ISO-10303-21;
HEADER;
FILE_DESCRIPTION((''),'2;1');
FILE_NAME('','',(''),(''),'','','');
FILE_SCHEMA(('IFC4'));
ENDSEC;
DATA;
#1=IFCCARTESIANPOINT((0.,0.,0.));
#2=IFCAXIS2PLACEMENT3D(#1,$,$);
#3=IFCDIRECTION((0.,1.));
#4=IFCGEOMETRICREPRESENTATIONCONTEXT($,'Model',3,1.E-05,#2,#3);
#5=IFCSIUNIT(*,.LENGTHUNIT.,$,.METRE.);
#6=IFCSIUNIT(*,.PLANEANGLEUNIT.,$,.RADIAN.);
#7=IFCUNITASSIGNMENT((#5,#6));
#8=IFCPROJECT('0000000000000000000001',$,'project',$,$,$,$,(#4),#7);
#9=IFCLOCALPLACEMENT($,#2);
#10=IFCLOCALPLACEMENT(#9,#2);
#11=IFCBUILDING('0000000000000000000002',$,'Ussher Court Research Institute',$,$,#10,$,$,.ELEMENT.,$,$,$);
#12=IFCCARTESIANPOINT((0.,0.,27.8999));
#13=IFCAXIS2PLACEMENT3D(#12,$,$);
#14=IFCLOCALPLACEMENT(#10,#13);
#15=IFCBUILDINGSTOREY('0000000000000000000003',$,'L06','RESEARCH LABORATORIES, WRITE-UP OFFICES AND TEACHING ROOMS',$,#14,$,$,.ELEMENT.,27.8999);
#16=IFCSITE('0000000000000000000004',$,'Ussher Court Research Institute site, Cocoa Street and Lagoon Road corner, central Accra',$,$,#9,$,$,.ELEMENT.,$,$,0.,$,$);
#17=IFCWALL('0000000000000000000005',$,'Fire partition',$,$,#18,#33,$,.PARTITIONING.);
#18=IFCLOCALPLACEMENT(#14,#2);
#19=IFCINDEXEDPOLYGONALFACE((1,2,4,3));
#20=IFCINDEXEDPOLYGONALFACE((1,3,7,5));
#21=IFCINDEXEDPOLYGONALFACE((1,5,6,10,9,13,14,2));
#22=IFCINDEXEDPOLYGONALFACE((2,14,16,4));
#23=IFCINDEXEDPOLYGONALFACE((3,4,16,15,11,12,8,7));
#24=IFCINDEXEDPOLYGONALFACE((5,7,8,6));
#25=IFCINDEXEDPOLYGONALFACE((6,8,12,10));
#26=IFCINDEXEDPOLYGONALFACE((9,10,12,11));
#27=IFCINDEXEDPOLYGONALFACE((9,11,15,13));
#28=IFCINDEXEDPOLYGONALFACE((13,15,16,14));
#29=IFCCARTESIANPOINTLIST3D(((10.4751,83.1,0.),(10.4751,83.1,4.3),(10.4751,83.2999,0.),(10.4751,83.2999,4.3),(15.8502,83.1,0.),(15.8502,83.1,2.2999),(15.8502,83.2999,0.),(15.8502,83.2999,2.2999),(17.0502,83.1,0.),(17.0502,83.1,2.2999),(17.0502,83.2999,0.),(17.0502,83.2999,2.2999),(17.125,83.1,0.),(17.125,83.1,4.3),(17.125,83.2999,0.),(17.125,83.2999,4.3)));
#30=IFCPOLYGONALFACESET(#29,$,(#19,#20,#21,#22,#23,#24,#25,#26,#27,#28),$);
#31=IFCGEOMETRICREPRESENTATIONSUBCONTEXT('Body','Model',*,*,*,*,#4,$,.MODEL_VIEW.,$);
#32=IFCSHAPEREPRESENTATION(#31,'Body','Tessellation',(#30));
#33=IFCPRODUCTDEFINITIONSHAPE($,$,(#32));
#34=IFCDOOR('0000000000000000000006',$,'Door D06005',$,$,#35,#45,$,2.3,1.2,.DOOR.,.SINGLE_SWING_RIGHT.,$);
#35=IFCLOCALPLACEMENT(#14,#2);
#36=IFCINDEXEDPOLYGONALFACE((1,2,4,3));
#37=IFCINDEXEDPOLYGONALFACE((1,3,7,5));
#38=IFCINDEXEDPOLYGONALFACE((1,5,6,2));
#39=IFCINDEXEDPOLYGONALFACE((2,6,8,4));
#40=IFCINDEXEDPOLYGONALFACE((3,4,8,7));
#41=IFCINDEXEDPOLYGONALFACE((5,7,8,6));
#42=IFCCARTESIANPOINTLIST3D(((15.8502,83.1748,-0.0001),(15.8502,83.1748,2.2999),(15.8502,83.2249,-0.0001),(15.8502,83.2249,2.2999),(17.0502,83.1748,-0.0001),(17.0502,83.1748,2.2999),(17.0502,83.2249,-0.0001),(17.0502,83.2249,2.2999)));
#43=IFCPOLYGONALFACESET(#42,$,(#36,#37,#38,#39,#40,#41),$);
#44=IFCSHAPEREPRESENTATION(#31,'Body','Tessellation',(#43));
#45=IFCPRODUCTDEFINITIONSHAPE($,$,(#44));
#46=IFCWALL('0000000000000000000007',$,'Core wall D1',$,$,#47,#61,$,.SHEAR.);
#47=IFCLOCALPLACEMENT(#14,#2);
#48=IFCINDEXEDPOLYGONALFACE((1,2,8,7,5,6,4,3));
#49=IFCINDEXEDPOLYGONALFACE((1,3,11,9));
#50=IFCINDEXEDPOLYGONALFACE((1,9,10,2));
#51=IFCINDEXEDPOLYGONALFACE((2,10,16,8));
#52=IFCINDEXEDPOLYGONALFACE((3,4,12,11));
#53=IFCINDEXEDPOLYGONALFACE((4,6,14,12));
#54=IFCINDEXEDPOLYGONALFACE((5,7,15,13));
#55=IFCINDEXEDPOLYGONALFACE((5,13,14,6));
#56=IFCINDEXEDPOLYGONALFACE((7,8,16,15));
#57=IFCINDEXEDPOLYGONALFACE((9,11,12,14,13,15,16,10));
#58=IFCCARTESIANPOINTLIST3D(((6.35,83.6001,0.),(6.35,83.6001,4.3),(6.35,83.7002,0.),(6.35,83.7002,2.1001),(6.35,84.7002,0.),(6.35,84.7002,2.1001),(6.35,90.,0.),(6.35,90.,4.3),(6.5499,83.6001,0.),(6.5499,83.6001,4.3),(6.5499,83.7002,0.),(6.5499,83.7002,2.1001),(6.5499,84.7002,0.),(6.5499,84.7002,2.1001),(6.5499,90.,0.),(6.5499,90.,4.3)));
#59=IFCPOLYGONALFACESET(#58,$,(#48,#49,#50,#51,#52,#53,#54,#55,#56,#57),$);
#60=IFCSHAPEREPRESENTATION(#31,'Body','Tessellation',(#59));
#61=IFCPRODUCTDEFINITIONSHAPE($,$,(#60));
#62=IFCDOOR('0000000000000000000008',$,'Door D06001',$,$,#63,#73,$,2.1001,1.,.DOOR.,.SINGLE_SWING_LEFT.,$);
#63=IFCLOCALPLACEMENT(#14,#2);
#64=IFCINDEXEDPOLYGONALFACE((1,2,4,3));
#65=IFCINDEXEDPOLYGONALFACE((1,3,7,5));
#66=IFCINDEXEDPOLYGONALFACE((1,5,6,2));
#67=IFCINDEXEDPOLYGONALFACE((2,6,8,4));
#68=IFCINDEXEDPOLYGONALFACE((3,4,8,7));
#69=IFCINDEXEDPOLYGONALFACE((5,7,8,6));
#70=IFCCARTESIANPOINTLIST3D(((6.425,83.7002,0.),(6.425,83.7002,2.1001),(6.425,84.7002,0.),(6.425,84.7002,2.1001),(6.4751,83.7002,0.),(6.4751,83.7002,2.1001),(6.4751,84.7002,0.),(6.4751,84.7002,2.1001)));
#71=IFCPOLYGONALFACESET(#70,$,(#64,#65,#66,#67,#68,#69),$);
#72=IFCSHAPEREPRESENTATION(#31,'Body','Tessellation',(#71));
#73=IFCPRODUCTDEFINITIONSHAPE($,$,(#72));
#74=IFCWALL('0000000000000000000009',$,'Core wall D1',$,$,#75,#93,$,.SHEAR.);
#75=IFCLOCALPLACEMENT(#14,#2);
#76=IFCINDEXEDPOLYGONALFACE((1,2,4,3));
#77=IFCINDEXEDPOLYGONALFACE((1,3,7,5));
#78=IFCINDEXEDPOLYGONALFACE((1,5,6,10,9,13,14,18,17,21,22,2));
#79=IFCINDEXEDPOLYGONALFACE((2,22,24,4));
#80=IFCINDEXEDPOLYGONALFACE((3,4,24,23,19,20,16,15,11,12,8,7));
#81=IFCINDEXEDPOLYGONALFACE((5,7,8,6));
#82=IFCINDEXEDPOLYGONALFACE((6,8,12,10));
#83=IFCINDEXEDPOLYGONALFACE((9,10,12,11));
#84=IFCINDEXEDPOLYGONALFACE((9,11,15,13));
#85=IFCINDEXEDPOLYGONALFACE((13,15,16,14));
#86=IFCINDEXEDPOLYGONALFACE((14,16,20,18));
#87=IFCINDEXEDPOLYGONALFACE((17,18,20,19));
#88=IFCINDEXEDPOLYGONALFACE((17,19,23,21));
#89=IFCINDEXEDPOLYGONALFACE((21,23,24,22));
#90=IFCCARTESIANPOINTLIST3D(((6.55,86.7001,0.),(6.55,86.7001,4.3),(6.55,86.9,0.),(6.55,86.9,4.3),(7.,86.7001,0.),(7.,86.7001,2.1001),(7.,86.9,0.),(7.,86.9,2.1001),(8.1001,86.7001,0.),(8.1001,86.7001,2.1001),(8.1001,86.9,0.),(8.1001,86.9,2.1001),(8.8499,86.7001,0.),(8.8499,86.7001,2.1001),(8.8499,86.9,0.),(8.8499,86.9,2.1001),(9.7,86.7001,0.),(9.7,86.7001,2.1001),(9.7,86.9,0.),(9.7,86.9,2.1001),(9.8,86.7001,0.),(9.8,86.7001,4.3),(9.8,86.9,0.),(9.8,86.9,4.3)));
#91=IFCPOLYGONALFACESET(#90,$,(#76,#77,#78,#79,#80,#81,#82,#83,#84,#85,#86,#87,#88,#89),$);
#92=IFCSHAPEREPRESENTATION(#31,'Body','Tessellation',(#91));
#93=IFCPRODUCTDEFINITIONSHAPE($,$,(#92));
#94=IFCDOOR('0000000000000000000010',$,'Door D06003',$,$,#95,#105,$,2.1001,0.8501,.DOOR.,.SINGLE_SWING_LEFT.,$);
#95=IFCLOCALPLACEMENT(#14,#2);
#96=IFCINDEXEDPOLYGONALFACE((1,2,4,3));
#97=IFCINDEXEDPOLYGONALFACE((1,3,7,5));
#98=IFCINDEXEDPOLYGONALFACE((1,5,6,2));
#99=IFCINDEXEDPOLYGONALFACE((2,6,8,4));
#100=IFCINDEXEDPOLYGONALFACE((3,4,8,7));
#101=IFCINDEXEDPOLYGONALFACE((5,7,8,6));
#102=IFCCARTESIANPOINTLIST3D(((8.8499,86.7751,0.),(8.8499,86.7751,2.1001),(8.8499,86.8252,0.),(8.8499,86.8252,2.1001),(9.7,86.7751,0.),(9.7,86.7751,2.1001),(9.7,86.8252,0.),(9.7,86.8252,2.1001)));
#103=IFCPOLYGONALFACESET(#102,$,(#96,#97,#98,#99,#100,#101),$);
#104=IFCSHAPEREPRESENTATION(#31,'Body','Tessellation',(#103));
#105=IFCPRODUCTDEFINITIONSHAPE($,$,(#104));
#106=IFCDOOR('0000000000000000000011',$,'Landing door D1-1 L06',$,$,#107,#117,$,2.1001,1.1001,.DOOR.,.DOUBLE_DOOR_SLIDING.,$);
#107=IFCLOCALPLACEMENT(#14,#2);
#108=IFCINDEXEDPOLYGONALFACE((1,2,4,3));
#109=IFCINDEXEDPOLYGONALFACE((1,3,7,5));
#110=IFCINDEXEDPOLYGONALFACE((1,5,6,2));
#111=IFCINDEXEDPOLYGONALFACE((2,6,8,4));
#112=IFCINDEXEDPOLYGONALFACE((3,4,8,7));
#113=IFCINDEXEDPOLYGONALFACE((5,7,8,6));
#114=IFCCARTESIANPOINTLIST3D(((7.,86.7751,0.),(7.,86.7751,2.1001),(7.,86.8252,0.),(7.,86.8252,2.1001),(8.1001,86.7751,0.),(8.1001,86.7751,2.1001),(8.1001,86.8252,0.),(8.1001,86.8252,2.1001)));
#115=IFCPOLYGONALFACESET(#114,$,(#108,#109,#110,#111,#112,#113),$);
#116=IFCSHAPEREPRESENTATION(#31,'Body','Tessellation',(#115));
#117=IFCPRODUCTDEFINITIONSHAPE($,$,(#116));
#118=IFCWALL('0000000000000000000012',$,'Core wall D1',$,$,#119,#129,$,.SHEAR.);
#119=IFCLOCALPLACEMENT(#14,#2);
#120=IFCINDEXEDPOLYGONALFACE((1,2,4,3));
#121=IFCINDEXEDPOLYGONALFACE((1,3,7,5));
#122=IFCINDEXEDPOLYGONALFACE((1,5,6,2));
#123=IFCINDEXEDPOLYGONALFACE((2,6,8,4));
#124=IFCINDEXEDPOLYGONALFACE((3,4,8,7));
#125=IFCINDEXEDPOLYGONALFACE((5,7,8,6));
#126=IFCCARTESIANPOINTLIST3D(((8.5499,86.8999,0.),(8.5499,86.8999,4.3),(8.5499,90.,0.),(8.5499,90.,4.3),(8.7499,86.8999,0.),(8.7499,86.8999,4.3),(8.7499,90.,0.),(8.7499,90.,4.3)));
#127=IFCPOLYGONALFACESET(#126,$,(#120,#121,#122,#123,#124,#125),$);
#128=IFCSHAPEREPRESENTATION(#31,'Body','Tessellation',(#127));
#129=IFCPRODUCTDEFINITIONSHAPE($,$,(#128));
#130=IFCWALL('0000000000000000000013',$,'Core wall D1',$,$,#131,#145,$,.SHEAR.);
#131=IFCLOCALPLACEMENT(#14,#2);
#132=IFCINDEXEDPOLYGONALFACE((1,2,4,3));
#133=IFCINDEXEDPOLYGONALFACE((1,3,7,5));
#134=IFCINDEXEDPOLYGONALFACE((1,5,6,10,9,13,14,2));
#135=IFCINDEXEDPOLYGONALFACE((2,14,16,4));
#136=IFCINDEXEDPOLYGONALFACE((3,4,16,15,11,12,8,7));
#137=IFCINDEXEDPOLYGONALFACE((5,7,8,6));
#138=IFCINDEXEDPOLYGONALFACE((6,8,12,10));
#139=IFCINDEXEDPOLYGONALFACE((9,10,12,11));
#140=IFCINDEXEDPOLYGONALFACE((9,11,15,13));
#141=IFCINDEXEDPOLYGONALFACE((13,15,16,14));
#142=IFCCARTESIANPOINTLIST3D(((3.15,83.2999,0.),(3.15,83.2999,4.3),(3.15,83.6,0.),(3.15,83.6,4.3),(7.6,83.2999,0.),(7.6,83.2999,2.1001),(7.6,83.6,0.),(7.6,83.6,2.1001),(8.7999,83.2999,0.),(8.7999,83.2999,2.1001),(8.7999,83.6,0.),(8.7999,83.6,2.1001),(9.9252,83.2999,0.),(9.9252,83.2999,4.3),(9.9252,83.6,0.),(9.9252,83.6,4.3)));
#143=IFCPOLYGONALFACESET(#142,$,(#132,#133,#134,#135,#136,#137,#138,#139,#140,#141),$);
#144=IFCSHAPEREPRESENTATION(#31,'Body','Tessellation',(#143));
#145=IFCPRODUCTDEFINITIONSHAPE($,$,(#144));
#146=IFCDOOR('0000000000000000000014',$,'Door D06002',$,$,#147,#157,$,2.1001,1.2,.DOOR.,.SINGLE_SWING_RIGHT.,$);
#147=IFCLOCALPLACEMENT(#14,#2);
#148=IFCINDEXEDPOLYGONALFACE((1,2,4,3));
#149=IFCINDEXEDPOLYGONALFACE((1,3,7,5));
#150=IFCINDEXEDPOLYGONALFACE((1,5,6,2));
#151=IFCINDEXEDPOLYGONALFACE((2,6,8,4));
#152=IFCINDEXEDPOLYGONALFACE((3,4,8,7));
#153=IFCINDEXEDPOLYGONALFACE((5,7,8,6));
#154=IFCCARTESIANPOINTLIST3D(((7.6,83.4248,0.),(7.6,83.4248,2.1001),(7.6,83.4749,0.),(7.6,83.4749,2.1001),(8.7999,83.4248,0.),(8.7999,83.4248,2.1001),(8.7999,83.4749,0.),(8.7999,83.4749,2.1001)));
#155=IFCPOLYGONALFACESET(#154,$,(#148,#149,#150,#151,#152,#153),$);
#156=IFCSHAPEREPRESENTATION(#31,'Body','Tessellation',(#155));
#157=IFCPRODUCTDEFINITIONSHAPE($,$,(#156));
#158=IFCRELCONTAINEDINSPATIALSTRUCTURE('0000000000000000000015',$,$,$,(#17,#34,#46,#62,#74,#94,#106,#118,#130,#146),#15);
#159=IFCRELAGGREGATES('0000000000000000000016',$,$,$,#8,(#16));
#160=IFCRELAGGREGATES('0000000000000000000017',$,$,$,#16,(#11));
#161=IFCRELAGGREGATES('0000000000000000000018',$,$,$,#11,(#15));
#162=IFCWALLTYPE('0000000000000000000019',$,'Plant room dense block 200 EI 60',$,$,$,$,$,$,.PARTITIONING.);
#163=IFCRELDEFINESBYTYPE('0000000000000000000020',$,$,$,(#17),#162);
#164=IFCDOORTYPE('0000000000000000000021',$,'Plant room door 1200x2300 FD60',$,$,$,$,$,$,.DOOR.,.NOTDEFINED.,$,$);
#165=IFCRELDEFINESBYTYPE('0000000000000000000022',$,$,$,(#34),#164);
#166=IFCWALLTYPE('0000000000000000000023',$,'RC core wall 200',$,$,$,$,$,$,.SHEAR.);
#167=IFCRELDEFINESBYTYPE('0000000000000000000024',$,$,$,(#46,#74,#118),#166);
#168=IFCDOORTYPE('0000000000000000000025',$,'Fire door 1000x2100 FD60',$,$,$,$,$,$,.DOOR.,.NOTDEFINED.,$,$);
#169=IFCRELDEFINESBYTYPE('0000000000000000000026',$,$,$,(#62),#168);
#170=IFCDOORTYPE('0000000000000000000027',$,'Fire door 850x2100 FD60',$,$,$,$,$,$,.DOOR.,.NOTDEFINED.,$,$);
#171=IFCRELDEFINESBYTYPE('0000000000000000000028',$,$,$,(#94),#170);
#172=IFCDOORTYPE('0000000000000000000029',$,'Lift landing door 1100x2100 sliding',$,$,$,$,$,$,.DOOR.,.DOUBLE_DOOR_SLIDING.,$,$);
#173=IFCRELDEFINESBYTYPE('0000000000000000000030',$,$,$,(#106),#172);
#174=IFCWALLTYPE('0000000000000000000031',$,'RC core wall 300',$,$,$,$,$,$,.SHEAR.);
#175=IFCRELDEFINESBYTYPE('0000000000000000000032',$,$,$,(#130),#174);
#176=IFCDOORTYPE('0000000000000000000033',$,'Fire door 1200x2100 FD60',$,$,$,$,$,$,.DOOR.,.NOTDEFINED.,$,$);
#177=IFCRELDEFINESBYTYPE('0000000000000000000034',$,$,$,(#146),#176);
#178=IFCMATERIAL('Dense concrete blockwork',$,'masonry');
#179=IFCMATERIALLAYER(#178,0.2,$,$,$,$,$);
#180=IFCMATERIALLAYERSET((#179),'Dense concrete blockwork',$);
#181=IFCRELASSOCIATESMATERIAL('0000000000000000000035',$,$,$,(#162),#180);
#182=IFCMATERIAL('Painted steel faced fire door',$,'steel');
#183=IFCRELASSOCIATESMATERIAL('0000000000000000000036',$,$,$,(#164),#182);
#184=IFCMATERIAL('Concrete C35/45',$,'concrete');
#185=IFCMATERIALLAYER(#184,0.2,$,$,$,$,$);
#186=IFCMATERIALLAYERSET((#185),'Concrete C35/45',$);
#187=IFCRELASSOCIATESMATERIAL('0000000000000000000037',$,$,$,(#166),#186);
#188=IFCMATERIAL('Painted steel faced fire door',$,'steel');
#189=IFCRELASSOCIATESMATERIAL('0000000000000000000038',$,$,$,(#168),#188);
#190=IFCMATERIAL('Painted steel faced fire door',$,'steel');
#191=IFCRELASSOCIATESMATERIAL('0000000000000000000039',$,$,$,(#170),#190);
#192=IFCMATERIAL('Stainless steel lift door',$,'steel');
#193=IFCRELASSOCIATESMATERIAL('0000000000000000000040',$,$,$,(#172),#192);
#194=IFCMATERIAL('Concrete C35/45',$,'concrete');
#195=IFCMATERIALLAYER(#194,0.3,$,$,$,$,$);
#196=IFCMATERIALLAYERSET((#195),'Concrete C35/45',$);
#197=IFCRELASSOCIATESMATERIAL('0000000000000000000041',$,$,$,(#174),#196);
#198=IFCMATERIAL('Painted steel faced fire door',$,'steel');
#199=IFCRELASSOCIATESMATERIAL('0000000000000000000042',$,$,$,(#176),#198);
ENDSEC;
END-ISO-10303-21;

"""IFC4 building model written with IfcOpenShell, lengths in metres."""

from ifc_helpers import new_model, si_unit, direction, frame, frame_2d, origin, place, context, subcontext, project, spatial, rectangle, extrude, material, layer, layer_set, type_object, element, fill, save


model = new_model("IFC4")

# Units and contexts
model_context = context("Model", 3, precision=1e-05, world=origin(), true_north=direction((0.0, 1.0)))
body_context = subcontext(model_context, "Body", "Model", "MODEL_VIEW")
ifc_project = project(units=[si_unit("LENGTHUNIT", "METRE"), si_unit("PLANEANGLEUNIT", "RADIAN")], contexts=[model_context])

# Site, building, storey
site_placement = place(None, origin())
site = spatial("IfcSite", under=ifc_project, at=site_placement, Name="Ussher Court Research Institute site, Cocoa Street and Lagoon Road corner, central Accra", CompositionType="ELEMENT", RefElevation=0.0)
building_placement = place(site_placement, origin())
building = spatial("IfcBuilding", under=site, at=building_placement, Name="Ussher Court Research Institute", CompositionType="ELEMENT")
storey_placement = place(building_placement, frame((0.0, 0.0, 27.8999)))
storey = spatial("IfcBuildingStorey", under=building, at=storey_placement, Name="L06", Description="RESEARCH LABORATORIES, WRITE-UP OFFICES AND TEACHING ROOMS", CompositionType="ELEMENT", Elevation=27.8999)

# Walls, openings, doors
ifc_material_1 = material(Name="Dense concrete blockwork", Category="masonry")
ifc_layer_1 = layer(ifc_material_1, 0.2)
ifc_layer_set_1 = layer_set([ifc_layer_1], Name="Dense concrete blockwork")
wall_type_1 = type_object("IfcWallType", Name="Plant room dense block 200 EI 60", PredefinedType="PARTITIONING", material=ifc_layer_set_1)
wall_1_placement = place(storey_placement, frame((10.4751, 83.2, 0.0), z_axis=(0.0, 0.0, 1.0), x_axis=(1.0, 0.0, 0.0)))
wall_1 = element("IfcWall", 1, at=wall_1_placement, inside=storey, type_object=wall_type_1, Name="Fire partition", PredefinedType="PARTITIONING", context=body_context, shape_type="SweptSolid", body=[
    extrude(rectangle(XDim=6.6499, YDim=0.2, at=frame_2d((3.325, 0.0))), origin(), (0.0, 0.0, 1.0), 4.3),
])
opening_1_placement = place(wall_1_placement, frame((5.375, 0.0, 0.0)))
opening_1 = element("IfcOpeningElement", 2, at=opening_1_placement, cuts=wall_1, PredefinedType="OPENING", context=body_context, shape_type="SweptSolid", body=[
    extrude(rectangle(XDim=1.2, YDim=2.3, at=frame_2d((0.6001, 1.1499))), frame((0.0, 0.1099, 0.0), z_axis=(0.0, -1.0, 0.0), x_axis=(1.0, 0.0, 0.0)), (0.0, 0.0, 1.0), 0.22),
])
ifc_material_2 = material(Name="Painted steel faced fire door", Category="steel")
door_type_1 = type_object("IfcDoorType", Name="Plant room door 1200x2300 FD60", OperationType="NOTDEFINED", PredefinedType="DOOR", material=ifc_material_2)
door_1_placement = place(opening_1_placement, origin())
door_1 = element("IfcDoor", 3, at=door_1_placement, inside=storey, type_object=door_type_1, Name="Door D06005", OperationType="SINGLE_SWING_RIGHT", OverallHeight=2.3, OverallWidth=1.2, PredefinedType="DOOR", context=body_context, shape_type="SweptSolid", body=[
    extrude(rectangle(XDim=1.2, YDim=2.3, at=frame_2d((0.6001, 1.1499))), frame((0.0, 0.0249, 0.0), z_axis=(0.0, -1.0, 0.0), x_axis=(1.0, 0.0, 0.0)), (0.0, 0.0, 1.0), 0.05),
])
fill(opening_1, door_1)
ifc_material_3 = material(Name="Concrete C35/45", Category="concrete")
ifc_layer_2 = layer(ifc_material_3, 0.2)
ifc_layer_set_2 = layer_set([ifc_layer_2], Name="Concrete C35/45")
wall_type_2 = type_object("IfcWallType", Name="RC core wall 200", PredefinedType="SHEAR", material=ifc_layer_set_2)
wall_2_placement = place(storey_placement, frame((6.45, 83.6001, 0.0), z_axis=(0.0, 0.0, 1.0), x_axis=(0.0, 1.0, 0.0)))
wall_2 = element("IfcWall", 4, at=wall_2_placement, inside=storey, type_object=wall_type_2, Name="Core wall D1", PredefinedType="SHEAR", context=body_context, shape_type="SweptSolid", body=[
    extrude(rectangle(XDim=6.3999, YDim=0.2, at=frame_2d((3.2, 0.0))), origin(), (0.0, 0.0, 1.0), 4.3),
])
opening_2_placement = place(wall_2_placement, frame((0.1001, 0.0, 0.0)))
opening_2 = element("IfcOpeningElement", 5, at=opening_2_placement, cuts=wall_2, PredefinedType="OPENING", context=body_context, shape_type="SweptSolid", body=[
    extrude(rectangle(XDim=1.0, YDim=2.1001, at=frame_2d((0.5, 1.05))), frame((0.0, 0.1099, 0.0), z_axis=(0.0, -1.0, 0.0), x_axis=(1.0, 0.0, 0.0)), (0.0, 0.0, 1.0), 0.22),
])
ifc_material_4 = material(Name="Painted steel faced fire door", Category="steel")
door_type_2 = type_object("IfcDoorType", Name="Fire door 1000x2100 FD60", OperationType="NOTDEFINED", PredefinedType="DOOR", material=ifc_material_4)
door_2_placement = place(opening_2_placement, origin())
door_2 = element("IfcDoor", 6, at=door_2_placement, inside=storey, type_object=door_type_2, Name="Door D06001", OperationType="SINGLE_SWING_LEFT", OverallHeight=2.1001, OverallWidth=1.0, PredefinedType="DOOR", context=body_context, shape_type="SweptSolid", body=[
    extrude(rectangle(XDim=1.0, YDim=2.1001, at=frame_2d((0.5, 1.05))), frame((0.0, 0.0249, 0.0), z_axis=(0.0, -1.0, 0.0), x_axis=(1.0, 0.0, 0.0)), (0.0, 0.0, 1.0), 0.05),
])
fill(opening_2, door_2)

# Wall, openings, doors
wall_3_placement = place(storey_placement, frame((9.8, 86.8, 0.0), z_axis=(0.0, 0.0, 1.0), x_axis=(-1.0, 0.0, 0.0)))
wall_3 = element("IfcWall", 7, at=wall_3_placement, inside=storey, type_object=wall_type_2, Name="Core wall D1", PredefinedType="SHEAR", context=body_context, shape_type="SweptSolid", body=[
    extrude(rectangle(XDim=3.25, YDim=0.2, at=frame_2d((1.625, 0.0))), origin(), (0.0, 0.0, 1.0), 4.3),
])
opening_3_placement = place(wall_3_placement, frame((1.7, 0.0, 0.0)))
opening_3 = element("IfcOpeningElement", 8, at=opening_3_placement, cuts=wall_3, PredefinedType="OPENING", context=body_context, shape_type="SweptSolid", body=[
    extrude(rectangle(XDim=1.1001, YDim=2.1001, at=frame_2d((0.55, 1.05))), frame((0.0, 0.1099, 0.0), z_axis=(0.0, -1.0, 0.0), x_axis=(1.0, 0.0, 0.0)), (0.0, 0.0, 1.0), 0.22),
])
opening_4_placement = place(wall_3_placement, frame((0.1001, 0.0, 0.0)))
opening_4 = element("IfcOpeningElement", 9, at=opening_4_placement, cuts=wall_3, PredefinedType="OPENING", context=body_context, shape_type="SweptSolid", body=[
    extrude(rectangle(XDim=0.8501, YDim=2.1001, at=frame_2d((0.425, 1.05))), frame((0.0, 0.1099, 0.0), z_axis=(0.0, -1.0, 0.0), x_axis=(1.0, 0.0, 0.0)), (0.0, 0.0, 1.0), 0.22),
])
ifc_material_5 = material(Name="Painted steel faced fire door", Category="steel")
door_type_3 = type_object("IfcDoorType", Name="Fire door 850x2100 FD60", OperationType="NOTDEFINED", PredefinedType="DOOR", material=ifc_material_5)
door_3_placement = place(opening_4_placement, origin())
door_3 = element("IfcDoor", 10, at=door_3_placement, inside=storey, type_object=door_type_3, Name="Door D06003", OperationType="SINGLE_SWING_LEFT", OverallHeight=2.1001, OverallWidth=0.8501, PredefinedType="DOOR", context=body_context, shape_type="SweptSolid", body=[
    extrude(rectangle(XDim=0.8501, YDim=2.1001, at=frame_2d((0.425, 1.05))), frame((0.0, 0.0249, 0.0), z_axis=(0.0, -1.0, 0.0), x_axis=(1.0, 0.0, 0.0)), (0.0, 0.0, 1.0), 0.05),
])
fill(opening_4, door_3)
ifc_material_6 = material(Name="Stainless steel lift door", Category="steel")
door_type_4 = type_object("IfcDoorType", Name="Lift landing door 1100x2100 sliding", OperationType="DOUBLE_DOOR_SLIDING", PredefinedType="DOOR", material=ifc_material_6)
door_4_placement = place(opening_3_placement, origin())
door_4 = element("IfcDoor", 11, at=door_4_placement, inside=storey, type_object=door_type_4, Name="Landing door D1-1 L06", OperationType="DOUBLE_DOOR_SLIDING", OverallHeight=2.1001, OverallWidth=1.1001, PredefinedType="DOOR", context=body_context, shape_type="SweptSolid", body=[
    extrude(rectangle(XDim=1.1001, YDim=2.1001, at=frame_2d((0.55, 1.05))), frame((0.0, 0.0249, 0.0), z_axis=(0.0, -1.0, 0.0), x_axis=(1.0, 0.0, 0.0)), (0.0, 0.0, 1.0), 0.05),
])
fill(opening_3, door_4)

# Wall
wall_4_placement = place(storey_placement, frame((8.6499, 86.8999, 0.0), z_axis=(0.0, 0.0, 1.0), x_axis=(0.0, 1.0, 0.0)))
element("IfcWall", 12, at=wall_4_placement, inside=storey, type_object=wall_type_2, Name="Core wall D1", PredefinedType="SHEAR", context=body_context, shape_type="SweptSolid", body=[
    extrude(rectangle(XDim=3.1001, YDim=0.2, at=frame_2d((1.55, 0.0))), origin(), (0.0, 0.0, 1.0), 4.3),
])

# Wall, opening, door
ifc_material_7 = material(Name="Concrete C35/45", Category="concrete")
ifc_layer_3 = layer(ifc_material_7, 0.3)
ifc_layer_set_3 = layer_set([ifc_layer_3], Name="Concrete C35/45")
wall_type_3 = type_object("IfcWallType", Name="RC core wall 300", PredefinedType="SHEAR", material=ifc_layer_set_3)
wall_5_placement = place(storey_placement, frame((3.1499, 83.45, 0.0), z_axis=(0.0, 0.0, 1.0), x_axis=(1.0, 0.0, 0.0)))
wall_5 = element("IfcWall", 13, at=wall_5_placement, inside=storey, type_object=wall_type_3, Name="Core wall D1", PredefinedType="SHEAR", context=body_context, shape_type="SweptSolid", body=[
    extrude(rectangle(XDim=6.7751, YDim=0.3, at=frame_2d((3.3877, 0.0))), origin(), (0.0, 0.0, 1.0), 4.3),
])
opening_5_placement = place(wall_5_placement, frame((4.45, 0.0, 0.0)))
opening_5 = element("IfcOpeningElement", 14, at=opening_5_placement, cuts=wall_5, PredefinedType="OPENING", context=body_context, shape_type="SweptSolid", body=[
    extrude(rectangle(XDim=1.2, YDim=2.1001, at=frame_2d((0.6001, 1.05))), frame((0.0, 0.1602, 0.0), z_axis=(0.0, -1.0, 0.0), x_axis=(1.0, 0.0, 0.0)), (0.0, 0.0, 1.0), 0.3201),
])
ifc_material_8 = material(Name="Painted steel faced fire door", Category="steel")
door_type_5 = type_object("IfcDoorType", Name="Fire door 1200x2100 FD60", OperationType="NOTDEFINED", PredefinedType="DOOR", material=ifc_material_8)
door_5_placement = place(opening_5_placement, origin())
door_5 = element("IfcDoor", 15, at=door_5_placement, inside=storey, type_object=door_type_5, Name="Door D06002", OperationType="SINGLE_SWING_RIGHT", OverallHeight=2.1001, OverallWidth=1.2, PredefinedType="DOOR", context=body_context, shape_type="SweptSolid", body=[
    extrude(rectangle(XDim=1.2, YDim=2.1001, at=frame_2d((0.6001, 1.05))), frame((0.0, 0.0249, 0.0), z_axis=(0.0, -1.0, 0.0), x_axis=(1.0, 0.0, 0.0)), (0.0, 0.0, 1.0), 0.05),
])
fill(opening_5, door_5)

save(model, "model.ifc")
